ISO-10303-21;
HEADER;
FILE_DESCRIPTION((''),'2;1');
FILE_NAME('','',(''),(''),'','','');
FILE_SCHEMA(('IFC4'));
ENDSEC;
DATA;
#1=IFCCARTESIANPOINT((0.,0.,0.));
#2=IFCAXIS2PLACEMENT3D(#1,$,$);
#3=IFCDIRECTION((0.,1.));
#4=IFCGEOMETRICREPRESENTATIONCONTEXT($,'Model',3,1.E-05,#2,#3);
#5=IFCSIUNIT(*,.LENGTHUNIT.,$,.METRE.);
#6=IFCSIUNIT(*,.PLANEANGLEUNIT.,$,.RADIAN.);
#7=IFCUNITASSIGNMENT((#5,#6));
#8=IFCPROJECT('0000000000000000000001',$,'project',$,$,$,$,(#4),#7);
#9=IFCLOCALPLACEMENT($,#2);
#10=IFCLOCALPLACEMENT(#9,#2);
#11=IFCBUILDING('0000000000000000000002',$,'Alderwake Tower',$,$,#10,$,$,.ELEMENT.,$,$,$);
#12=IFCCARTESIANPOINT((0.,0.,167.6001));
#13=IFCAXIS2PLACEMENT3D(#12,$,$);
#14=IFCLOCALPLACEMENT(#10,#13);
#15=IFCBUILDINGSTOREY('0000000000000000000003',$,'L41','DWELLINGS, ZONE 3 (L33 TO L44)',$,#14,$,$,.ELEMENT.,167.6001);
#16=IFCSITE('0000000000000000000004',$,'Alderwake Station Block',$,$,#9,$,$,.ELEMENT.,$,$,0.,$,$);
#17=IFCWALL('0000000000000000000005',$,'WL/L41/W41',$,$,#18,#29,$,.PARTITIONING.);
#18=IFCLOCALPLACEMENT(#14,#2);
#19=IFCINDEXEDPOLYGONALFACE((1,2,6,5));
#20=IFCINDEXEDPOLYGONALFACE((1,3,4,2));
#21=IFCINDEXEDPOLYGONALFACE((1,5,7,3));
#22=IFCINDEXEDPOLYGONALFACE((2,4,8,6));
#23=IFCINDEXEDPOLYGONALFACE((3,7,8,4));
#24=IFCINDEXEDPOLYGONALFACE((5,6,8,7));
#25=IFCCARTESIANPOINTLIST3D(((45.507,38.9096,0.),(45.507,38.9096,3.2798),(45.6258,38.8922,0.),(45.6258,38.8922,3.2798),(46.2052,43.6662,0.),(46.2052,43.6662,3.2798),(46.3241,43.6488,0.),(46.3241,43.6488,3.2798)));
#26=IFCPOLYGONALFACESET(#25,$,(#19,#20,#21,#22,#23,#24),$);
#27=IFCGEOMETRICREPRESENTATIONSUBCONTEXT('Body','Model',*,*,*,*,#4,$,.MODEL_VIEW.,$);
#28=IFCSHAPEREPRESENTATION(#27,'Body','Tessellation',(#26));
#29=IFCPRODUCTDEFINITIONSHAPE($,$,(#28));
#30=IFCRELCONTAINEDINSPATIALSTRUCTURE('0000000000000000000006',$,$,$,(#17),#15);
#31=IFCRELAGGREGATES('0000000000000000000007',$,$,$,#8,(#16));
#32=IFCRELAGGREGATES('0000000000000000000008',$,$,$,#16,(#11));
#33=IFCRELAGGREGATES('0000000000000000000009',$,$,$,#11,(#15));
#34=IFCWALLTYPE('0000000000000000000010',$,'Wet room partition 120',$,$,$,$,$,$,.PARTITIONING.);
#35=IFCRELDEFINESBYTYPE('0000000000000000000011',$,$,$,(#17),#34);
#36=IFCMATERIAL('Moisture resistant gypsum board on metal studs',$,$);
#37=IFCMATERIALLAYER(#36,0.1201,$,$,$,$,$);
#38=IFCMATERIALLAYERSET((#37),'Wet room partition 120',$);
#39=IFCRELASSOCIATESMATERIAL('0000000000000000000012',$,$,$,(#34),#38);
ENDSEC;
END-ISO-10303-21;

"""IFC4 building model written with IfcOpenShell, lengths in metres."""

from ifc_helpers import new_model, si_unit, direction, frame, frame_2d, origin, place, context, subcontext, project, spatial, rectangle, extrude, material, layer, layer_set, type_object, element, save


model = new_model("IFC4")

# Units and contexts
model_context = context("Model", 3, precision=1e-05, world=origin(), true_north=direction((0.0, 1.0)))
body_context = subcontext(model_context, "Body", "Model", "MODEL_VIEW")
ifc_project = project(units=[si_unit("LENGTHUNIT", "METRE"), si_unit("PLANEANGLEUNIT", "RADIAN")], contexts=[model_context])

# Site, building, storey
site_placement = place(None, origin())
site = spatial("IfcSite", under=ifc_project, at=site_placement, Name="Alderwake Station Block", CompositionType="ELEMENT", RefElevation=0.0)
building_placement = place(site_placement, origin())
building = spatial("IfcBuilding", under=site, at=building_placement, Name="Alderwake Tower", CompositionType="ELEMENT")
storey_placement = place(building_placement, frame((0.0, 0.0, 167.6001)))
storey = spatial("IfcBuildingStorey", under=building, at=storey_placement, Name="L41", Description="DWELLINGS, ZONE 3 (L33 TO L44)", CompositionType="ELEMENT", Elevation=167.6001)

# Shared definitions
ifc_material_1 = material(Name="Moisture resistant gypsum board on metal studs")
ifc_layer_1 = layer(ifc_material_1, 0.1201)
ifc_layer_set_1 = layer_set([ifc_layer_1], Name="Wet room partition 120")
wall_type_1 = type_object("IfcWallType", Name="Wet room partition 120", PredefinedType="PARTITIONING", material=ifc_layer_set_1)

# Wall
wall_1_placement = place(storey_placement, frame((45.5664, 38.9009, 0.0), z_axis=(0.0, 0.0, 1.0), x_axis=(0.145238, 0.989397, 0.0)))
element("IfcWall", 1, at=wall_1_placement, inside=storey, type_object=wall_type_1, Name="WL/L41/W41", PredefinedType="PARTITIONING", context=body_context, shape_type="SweptSolid", body=[
    extrude(rectangle(XDim=4.8076, YDim=0.1201, at=frame_2d((2.4038, 0.0))), origin(), (0.0, 0.0, 1.0), 3.2798),
])

save(model, "model.ifc")
